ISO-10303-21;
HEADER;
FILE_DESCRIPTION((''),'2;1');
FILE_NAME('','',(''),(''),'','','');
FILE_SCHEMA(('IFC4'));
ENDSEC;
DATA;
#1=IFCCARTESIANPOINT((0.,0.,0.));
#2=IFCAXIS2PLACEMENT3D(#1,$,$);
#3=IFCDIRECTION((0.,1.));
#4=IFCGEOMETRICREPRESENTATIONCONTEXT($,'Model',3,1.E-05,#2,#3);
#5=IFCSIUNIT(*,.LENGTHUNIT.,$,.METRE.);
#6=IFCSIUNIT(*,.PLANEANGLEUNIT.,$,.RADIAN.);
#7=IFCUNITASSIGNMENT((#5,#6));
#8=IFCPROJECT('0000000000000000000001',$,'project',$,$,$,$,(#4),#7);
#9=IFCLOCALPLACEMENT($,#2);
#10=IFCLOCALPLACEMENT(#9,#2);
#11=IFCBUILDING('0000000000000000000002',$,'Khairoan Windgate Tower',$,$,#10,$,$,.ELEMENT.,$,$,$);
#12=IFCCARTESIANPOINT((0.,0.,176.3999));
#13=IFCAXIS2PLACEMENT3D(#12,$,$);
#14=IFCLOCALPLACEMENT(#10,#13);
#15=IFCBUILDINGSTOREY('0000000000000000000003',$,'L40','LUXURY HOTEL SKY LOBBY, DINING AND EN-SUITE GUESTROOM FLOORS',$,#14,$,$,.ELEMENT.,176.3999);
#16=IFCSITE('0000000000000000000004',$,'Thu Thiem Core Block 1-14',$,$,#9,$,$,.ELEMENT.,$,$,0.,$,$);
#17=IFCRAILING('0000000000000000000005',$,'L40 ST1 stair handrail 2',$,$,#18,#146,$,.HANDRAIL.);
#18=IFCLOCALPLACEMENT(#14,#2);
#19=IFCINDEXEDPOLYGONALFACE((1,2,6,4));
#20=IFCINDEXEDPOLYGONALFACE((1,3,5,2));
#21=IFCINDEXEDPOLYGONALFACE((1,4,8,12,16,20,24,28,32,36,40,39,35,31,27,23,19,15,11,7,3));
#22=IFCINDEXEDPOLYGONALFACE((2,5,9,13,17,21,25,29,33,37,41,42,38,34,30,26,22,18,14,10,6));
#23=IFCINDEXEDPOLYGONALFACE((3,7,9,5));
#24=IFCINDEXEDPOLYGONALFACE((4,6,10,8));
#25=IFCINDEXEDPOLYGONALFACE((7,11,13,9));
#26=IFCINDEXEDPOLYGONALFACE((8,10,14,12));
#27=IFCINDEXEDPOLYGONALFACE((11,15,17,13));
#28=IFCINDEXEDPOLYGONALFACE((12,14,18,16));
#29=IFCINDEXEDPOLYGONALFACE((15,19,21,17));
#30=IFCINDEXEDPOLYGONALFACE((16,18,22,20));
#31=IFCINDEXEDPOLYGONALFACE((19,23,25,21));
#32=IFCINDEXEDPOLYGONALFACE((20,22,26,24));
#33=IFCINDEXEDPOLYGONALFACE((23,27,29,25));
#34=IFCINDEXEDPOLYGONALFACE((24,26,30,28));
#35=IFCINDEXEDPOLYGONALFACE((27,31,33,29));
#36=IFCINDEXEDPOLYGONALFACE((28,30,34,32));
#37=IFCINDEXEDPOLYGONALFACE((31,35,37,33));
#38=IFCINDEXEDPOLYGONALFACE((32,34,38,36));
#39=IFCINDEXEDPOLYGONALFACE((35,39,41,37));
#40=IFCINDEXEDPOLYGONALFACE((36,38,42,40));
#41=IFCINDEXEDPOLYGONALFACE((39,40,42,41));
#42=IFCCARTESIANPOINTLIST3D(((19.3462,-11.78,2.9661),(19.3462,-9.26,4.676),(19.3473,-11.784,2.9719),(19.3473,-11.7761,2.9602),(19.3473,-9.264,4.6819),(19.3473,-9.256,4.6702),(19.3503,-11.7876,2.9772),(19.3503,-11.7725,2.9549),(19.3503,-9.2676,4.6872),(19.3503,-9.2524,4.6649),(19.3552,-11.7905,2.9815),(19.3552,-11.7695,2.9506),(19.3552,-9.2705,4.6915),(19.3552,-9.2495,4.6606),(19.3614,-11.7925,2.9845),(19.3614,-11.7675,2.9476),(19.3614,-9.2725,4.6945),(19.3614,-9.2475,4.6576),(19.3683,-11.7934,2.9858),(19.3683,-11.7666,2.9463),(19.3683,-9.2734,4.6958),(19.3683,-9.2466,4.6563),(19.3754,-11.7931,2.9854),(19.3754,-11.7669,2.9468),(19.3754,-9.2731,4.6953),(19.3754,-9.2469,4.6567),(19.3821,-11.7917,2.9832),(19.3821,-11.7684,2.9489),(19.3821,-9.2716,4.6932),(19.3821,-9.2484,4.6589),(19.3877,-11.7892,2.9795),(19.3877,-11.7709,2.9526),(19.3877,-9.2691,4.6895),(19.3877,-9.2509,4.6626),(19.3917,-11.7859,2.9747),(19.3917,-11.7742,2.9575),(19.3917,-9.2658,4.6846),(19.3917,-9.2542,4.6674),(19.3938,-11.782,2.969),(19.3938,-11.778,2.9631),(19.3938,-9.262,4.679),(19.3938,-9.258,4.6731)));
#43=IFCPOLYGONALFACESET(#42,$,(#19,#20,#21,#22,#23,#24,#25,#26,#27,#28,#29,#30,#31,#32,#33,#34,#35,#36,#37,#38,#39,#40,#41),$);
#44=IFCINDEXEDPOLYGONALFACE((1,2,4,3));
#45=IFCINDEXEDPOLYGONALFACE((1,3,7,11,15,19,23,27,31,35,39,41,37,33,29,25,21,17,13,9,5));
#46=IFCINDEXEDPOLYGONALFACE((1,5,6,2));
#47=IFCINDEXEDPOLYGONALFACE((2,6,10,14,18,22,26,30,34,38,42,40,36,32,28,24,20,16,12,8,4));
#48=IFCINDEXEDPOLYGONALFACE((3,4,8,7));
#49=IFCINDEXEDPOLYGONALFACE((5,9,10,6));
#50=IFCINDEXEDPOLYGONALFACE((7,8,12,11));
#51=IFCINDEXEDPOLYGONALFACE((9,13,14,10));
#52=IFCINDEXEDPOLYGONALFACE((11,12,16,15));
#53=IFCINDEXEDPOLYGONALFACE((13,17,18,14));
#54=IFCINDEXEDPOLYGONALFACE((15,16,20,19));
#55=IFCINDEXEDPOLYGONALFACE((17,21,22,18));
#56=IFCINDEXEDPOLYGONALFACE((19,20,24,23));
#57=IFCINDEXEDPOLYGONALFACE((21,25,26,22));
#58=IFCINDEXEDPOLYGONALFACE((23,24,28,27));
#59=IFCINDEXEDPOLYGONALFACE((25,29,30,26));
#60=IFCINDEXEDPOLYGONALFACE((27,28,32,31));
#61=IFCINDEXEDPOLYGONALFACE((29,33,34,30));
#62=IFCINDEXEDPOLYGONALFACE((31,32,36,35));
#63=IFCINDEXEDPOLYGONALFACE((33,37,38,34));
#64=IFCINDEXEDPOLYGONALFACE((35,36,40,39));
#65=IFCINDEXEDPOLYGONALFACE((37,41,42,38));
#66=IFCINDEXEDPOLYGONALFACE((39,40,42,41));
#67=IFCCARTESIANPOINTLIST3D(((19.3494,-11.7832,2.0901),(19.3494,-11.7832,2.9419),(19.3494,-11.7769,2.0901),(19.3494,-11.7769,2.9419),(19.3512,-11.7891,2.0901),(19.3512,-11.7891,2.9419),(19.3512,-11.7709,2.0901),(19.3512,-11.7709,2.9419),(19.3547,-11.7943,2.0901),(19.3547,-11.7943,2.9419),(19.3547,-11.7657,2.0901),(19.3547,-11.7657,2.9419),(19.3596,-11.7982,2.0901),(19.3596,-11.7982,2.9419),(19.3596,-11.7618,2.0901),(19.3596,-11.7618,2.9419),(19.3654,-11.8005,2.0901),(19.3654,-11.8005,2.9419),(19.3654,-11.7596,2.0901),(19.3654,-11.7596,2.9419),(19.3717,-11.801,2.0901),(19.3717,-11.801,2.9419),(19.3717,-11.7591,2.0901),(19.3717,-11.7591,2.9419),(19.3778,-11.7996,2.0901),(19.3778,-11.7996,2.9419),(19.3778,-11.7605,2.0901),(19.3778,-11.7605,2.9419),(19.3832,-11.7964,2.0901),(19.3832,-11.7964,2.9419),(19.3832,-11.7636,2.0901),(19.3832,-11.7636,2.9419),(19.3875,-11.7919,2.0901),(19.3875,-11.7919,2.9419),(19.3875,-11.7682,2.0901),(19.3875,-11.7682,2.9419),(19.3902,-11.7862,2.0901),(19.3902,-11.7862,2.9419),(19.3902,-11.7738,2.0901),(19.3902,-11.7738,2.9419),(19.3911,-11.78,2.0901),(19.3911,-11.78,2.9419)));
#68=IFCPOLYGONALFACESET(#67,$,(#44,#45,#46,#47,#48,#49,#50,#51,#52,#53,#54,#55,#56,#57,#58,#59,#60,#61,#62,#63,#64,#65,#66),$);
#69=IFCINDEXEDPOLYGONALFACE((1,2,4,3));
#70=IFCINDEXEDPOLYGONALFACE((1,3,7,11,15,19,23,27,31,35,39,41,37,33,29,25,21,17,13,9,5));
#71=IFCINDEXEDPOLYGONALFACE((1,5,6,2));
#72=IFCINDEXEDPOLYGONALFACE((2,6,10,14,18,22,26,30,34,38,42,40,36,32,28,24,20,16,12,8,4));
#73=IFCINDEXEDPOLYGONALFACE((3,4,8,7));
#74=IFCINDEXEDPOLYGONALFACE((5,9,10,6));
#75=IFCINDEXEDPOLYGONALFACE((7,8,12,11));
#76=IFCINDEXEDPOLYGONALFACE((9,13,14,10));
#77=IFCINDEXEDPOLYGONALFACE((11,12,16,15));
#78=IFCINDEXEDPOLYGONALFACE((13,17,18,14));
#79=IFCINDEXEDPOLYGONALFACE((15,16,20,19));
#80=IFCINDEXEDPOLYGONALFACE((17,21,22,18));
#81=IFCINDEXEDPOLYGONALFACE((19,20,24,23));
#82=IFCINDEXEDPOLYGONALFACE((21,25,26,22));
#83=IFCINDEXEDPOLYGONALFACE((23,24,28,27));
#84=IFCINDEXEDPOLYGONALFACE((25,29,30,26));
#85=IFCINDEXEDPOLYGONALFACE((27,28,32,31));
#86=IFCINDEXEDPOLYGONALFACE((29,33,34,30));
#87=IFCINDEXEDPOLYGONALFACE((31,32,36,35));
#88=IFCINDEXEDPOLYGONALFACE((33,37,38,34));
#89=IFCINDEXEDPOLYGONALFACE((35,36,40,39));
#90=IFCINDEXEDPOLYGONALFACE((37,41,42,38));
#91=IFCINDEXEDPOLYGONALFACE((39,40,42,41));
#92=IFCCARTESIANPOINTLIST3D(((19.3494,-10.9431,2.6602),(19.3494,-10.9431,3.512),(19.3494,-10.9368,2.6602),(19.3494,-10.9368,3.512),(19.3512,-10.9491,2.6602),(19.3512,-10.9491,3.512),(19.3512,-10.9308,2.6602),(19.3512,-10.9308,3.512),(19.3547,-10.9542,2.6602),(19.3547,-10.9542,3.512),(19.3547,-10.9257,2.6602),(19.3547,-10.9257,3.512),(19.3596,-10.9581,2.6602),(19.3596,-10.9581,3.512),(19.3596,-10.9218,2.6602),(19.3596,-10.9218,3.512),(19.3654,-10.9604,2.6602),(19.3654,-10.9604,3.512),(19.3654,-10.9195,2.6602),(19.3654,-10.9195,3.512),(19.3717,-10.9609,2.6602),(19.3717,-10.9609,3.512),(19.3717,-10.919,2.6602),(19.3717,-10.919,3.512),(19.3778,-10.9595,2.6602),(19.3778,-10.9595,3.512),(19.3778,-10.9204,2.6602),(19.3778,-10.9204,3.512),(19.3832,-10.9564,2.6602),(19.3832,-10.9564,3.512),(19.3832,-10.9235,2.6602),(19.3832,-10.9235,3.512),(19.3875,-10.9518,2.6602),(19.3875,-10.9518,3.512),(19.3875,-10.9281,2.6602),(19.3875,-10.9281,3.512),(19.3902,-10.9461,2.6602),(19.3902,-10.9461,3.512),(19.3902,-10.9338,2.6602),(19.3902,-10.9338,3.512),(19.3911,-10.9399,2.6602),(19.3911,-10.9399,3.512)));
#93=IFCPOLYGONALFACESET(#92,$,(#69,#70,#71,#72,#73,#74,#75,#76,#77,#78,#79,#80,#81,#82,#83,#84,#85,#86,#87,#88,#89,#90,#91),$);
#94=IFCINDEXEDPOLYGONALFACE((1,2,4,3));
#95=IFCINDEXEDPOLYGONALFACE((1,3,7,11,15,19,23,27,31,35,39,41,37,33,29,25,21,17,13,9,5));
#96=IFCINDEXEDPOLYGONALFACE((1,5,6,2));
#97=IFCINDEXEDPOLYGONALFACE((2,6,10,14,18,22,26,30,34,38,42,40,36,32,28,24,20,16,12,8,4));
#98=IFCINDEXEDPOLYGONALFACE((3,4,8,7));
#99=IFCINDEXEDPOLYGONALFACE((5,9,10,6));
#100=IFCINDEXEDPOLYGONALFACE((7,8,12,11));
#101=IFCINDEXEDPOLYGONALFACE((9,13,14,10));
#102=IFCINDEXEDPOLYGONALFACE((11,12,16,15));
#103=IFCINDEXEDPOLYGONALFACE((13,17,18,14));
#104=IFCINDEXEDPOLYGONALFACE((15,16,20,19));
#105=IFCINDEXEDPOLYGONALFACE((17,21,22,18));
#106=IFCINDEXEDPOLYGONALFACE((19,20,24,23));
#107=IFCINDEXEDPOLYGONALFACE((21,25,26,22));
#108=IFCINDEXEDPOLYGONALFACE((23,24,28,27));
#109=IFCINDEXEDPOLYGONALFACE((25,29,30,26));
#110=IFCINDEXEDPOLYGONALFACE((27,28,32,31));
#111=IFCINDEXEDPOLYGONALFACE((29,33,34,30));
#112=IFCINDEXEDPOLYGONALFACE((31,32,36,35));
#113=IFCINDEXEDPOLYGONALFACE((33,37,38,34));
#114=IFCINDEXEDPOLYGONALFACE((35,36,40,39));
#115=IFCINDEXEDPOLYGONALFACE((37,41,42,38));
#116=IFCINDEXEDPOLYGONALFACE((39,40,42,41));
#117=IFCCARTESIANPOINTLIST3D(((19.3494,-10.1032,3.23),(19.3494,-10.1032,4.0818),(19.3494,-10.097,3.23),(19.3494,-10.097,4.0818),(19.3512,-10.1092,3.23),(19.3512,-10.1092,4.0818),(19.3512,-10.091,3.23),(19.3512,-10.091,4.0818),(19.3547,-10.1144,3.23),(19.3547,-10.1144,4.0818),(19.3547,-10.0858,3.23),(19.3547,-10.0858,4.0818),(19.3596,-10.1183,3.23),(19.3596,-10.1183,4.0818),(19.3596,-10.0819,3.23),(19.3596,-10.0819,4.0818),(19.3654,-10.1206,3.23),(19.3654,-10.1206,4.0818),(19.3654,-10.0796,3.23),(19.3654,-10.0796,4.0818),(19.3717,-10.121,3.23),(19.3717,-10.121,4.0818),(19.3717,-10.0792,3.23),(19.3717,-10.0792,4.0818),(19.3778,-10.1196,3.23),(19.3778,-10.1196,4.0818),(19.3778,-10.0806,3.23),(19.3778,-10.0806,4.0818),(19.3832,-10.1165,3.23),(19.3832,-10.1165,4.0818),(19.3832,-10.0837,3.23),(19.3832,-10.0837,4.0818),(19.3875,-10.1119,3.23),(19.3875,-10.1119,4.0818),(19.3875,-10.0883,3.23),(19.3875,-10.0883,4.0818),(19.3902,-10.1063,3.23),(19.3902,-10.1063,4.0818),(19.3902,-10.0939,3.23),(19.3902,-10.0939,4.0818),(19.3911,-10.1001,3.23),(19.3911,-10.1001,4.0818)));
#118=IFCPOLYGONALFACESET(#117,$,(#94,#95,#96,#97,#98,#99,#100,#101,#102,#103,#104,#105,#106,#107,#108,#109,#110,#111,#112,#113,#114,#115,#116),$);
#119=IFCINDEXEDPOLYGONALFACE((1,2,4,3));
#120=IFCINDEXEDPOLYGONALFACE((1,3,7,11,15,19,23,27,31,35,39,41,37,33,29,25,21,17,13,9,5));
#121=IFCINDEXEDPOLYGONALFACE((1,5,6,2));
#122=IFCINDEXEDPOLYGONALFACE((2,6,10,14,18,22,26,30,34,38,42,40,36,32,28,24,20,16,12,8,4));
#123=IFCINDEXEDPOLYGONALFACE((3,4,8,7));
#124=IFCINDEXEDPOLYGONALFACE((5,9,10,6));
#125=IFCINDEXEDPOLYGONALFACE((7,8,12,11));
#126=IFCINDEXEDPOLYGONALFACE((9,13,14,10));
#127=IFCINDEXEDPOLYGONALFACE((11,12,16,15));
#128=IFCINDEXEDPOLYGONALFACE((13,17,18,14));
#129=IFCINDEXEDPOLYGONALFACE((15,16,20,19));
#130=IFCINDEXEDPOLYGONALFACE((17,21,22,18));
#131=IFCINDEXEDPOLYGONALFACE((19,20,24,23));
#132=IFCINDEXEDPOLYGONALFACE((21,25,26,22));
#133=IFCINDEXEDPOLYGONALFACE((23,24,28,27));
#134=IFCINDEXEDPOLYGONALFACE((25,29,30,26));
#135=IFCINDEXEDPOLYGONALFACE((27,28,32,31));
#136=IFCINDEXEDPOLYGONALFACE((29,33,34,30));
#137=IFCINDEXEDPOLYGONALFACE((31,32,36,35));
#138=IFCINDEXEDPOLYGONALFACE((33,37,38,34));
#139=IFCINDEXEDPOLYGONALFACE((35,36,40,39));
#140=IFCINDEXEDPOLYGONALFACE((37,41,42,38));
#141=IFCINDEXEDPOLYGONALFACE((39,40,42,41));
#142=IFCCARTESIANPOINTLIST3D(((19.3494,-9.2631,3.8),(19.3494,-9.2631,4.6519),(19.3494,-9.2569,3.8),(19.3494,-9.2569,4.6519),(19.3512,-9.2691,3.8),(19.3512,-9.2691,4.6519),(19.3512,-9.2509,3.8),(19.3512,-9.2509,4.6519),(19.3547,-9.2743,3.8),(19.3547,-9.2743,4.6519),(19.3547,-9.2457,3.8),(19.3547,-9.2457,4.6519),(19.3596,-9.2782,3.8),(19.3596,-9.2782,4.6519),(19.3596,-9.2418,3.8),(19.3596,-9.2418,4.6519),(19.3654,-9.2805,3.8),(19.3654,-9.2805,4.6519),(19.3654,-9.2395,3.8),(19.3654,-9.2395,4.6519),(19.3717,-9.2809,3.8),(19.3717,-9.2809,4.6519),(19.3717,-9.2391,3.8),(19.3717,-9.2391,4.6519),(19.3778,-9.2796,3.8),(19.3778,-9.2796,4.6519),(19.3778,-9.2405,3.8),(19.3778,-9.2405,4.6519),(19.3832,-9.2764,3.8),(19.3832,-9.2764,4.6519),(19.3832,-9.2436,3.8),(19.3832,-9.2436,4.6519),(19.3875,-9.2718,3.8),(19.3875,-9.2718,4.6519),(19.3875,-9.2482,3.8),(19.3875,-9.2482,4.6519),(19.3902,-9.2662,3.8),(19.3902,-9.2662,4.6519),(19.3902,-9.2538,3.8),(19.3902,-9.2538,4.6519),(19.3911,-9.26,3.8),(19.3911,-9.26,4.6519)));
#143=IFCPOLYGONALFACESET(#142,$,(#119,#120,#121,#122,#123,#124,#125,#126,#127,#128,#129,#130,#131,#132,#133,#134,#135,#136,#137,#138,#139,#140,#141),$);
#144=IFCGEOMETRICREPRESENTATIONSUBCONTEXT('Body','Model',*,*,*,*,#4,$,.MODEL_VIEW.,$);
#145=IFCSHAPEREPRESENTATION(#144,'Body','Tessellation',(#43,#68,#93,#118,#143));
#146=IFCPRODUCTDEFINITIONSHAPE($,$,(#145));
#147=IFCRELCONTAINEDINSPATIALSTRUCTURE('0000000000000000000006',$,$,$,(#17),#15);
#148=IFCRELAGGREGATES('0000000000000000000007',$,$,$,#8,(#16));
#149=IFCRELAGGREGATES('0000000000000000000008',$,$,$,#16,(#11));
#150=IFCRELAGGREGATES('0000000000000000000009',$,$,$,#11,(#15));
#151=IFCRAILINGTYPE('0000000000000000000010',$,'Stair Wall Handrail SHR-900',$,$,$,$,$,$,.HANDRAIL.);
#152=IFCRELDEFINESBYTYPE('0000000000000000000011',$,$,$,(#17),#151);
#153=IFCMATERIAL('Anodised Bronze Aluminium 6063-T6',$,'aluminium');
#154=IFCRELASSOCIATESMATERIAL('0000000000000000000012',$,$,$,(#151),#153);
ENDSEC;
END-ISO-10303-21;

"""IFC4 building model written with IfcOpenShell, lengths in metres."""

from ifc_helpers import new_model, si_unit, direction, frame, origin, origin_2d, place, context, subcontext, project, spatial, circle, extrude, material, type_object, element, save


model = new_model("IFC4")

# Units and contexts
model_context = context("Model", 3, precision=1e-05, world=origin(), true_north=direction((0.0, 1.0)))
body_context = subcontext(model_context, "Body", "Model", "MODEL_VIEW")
ifc_project = project(units=[si_unit("LENGTHUNIT", "METRE"), si_unit("PLANEANGLEUNIT", "RADIAN")], contexts=[model_context])

# Site, building, storey
site_placement = place(None, origin())
site = spatial("IfcSite", under=ifc_project, at=site_placement, Name="Thu Thiem Core Block 1-14", CompositionType="ELEMENT", RefElevation=0.0)
building_placement = place(site_placement, origin())
building = spatial("IfcBuilding", under=site, at=building_placement, Name="Khairoan Windgate Tower", CompositionType="ELEMENT")
storey_placement = place(building_placement, frame((0.0, 0.0, 176.3999)))
storey = spatial("IfcBuildingStorey", under=building, at=storey_placement, Name="L40", Description="LUXURY HOTEL SKY LOBBY, DINING AND EN-SUITE GUESTROOM FLOORS", CompositionType="ELEMENT", Elevation=176.3999)

# Railing
ifc_material_1 = material(Name="Anodised Bronze Aluminium 6063-T6", Category="aluminium")
railing_type_1 = type_object("IfcRailingType", Name="Stair Wall Handrail SHR-900", PredefinedType="HANDRAIL", material=ifc_material_1)
railing_1_placement = place(storey_placement, frame((19.3701, -11.78, 2.0901)))
element("IfcRailing", 1, at=railing_1_placement, inside=storey, type_object=railing_type_1, Name="L40 ST1 stair handrail 2", PredefinedType="HANDRAIL", context=body_context, shape_type="SweptSolid", body=[
    extrude(circle(Radius=0.0239, at=origin_2d()), frame((0.0, 0.0, 0.876), z_axis=(0.0, 0.827484, 0.56149), x_axis=(-1.0, 0.0, 0.0)), (0.0, 0.0, 1.0), 3.0454),
    extrude(circle(Radius=0.021, at=origin_2d()), origin(), (0.0, 0.0, 1.0), 0.8518),
    extrude(circle(Radius=0.021, at=origin_2d()), frame((0.0, 0.8401, 0.5701)), (0.0, 0.0, 1.0), 0.8518),
    extrude(circle(Radius=0.021, at=origin_2d()), frame((0.0, 1.6799, 1.1399)), (0.0, 0.0, 1.0), 0.8518),
    extrude(circle(Radius=0.021, at=origin_2d()), frame((0.0, 2.52, 1.71)), (0.0, 0.0, 1.0), 0.8518),
])

save(model, "model.ifc")
